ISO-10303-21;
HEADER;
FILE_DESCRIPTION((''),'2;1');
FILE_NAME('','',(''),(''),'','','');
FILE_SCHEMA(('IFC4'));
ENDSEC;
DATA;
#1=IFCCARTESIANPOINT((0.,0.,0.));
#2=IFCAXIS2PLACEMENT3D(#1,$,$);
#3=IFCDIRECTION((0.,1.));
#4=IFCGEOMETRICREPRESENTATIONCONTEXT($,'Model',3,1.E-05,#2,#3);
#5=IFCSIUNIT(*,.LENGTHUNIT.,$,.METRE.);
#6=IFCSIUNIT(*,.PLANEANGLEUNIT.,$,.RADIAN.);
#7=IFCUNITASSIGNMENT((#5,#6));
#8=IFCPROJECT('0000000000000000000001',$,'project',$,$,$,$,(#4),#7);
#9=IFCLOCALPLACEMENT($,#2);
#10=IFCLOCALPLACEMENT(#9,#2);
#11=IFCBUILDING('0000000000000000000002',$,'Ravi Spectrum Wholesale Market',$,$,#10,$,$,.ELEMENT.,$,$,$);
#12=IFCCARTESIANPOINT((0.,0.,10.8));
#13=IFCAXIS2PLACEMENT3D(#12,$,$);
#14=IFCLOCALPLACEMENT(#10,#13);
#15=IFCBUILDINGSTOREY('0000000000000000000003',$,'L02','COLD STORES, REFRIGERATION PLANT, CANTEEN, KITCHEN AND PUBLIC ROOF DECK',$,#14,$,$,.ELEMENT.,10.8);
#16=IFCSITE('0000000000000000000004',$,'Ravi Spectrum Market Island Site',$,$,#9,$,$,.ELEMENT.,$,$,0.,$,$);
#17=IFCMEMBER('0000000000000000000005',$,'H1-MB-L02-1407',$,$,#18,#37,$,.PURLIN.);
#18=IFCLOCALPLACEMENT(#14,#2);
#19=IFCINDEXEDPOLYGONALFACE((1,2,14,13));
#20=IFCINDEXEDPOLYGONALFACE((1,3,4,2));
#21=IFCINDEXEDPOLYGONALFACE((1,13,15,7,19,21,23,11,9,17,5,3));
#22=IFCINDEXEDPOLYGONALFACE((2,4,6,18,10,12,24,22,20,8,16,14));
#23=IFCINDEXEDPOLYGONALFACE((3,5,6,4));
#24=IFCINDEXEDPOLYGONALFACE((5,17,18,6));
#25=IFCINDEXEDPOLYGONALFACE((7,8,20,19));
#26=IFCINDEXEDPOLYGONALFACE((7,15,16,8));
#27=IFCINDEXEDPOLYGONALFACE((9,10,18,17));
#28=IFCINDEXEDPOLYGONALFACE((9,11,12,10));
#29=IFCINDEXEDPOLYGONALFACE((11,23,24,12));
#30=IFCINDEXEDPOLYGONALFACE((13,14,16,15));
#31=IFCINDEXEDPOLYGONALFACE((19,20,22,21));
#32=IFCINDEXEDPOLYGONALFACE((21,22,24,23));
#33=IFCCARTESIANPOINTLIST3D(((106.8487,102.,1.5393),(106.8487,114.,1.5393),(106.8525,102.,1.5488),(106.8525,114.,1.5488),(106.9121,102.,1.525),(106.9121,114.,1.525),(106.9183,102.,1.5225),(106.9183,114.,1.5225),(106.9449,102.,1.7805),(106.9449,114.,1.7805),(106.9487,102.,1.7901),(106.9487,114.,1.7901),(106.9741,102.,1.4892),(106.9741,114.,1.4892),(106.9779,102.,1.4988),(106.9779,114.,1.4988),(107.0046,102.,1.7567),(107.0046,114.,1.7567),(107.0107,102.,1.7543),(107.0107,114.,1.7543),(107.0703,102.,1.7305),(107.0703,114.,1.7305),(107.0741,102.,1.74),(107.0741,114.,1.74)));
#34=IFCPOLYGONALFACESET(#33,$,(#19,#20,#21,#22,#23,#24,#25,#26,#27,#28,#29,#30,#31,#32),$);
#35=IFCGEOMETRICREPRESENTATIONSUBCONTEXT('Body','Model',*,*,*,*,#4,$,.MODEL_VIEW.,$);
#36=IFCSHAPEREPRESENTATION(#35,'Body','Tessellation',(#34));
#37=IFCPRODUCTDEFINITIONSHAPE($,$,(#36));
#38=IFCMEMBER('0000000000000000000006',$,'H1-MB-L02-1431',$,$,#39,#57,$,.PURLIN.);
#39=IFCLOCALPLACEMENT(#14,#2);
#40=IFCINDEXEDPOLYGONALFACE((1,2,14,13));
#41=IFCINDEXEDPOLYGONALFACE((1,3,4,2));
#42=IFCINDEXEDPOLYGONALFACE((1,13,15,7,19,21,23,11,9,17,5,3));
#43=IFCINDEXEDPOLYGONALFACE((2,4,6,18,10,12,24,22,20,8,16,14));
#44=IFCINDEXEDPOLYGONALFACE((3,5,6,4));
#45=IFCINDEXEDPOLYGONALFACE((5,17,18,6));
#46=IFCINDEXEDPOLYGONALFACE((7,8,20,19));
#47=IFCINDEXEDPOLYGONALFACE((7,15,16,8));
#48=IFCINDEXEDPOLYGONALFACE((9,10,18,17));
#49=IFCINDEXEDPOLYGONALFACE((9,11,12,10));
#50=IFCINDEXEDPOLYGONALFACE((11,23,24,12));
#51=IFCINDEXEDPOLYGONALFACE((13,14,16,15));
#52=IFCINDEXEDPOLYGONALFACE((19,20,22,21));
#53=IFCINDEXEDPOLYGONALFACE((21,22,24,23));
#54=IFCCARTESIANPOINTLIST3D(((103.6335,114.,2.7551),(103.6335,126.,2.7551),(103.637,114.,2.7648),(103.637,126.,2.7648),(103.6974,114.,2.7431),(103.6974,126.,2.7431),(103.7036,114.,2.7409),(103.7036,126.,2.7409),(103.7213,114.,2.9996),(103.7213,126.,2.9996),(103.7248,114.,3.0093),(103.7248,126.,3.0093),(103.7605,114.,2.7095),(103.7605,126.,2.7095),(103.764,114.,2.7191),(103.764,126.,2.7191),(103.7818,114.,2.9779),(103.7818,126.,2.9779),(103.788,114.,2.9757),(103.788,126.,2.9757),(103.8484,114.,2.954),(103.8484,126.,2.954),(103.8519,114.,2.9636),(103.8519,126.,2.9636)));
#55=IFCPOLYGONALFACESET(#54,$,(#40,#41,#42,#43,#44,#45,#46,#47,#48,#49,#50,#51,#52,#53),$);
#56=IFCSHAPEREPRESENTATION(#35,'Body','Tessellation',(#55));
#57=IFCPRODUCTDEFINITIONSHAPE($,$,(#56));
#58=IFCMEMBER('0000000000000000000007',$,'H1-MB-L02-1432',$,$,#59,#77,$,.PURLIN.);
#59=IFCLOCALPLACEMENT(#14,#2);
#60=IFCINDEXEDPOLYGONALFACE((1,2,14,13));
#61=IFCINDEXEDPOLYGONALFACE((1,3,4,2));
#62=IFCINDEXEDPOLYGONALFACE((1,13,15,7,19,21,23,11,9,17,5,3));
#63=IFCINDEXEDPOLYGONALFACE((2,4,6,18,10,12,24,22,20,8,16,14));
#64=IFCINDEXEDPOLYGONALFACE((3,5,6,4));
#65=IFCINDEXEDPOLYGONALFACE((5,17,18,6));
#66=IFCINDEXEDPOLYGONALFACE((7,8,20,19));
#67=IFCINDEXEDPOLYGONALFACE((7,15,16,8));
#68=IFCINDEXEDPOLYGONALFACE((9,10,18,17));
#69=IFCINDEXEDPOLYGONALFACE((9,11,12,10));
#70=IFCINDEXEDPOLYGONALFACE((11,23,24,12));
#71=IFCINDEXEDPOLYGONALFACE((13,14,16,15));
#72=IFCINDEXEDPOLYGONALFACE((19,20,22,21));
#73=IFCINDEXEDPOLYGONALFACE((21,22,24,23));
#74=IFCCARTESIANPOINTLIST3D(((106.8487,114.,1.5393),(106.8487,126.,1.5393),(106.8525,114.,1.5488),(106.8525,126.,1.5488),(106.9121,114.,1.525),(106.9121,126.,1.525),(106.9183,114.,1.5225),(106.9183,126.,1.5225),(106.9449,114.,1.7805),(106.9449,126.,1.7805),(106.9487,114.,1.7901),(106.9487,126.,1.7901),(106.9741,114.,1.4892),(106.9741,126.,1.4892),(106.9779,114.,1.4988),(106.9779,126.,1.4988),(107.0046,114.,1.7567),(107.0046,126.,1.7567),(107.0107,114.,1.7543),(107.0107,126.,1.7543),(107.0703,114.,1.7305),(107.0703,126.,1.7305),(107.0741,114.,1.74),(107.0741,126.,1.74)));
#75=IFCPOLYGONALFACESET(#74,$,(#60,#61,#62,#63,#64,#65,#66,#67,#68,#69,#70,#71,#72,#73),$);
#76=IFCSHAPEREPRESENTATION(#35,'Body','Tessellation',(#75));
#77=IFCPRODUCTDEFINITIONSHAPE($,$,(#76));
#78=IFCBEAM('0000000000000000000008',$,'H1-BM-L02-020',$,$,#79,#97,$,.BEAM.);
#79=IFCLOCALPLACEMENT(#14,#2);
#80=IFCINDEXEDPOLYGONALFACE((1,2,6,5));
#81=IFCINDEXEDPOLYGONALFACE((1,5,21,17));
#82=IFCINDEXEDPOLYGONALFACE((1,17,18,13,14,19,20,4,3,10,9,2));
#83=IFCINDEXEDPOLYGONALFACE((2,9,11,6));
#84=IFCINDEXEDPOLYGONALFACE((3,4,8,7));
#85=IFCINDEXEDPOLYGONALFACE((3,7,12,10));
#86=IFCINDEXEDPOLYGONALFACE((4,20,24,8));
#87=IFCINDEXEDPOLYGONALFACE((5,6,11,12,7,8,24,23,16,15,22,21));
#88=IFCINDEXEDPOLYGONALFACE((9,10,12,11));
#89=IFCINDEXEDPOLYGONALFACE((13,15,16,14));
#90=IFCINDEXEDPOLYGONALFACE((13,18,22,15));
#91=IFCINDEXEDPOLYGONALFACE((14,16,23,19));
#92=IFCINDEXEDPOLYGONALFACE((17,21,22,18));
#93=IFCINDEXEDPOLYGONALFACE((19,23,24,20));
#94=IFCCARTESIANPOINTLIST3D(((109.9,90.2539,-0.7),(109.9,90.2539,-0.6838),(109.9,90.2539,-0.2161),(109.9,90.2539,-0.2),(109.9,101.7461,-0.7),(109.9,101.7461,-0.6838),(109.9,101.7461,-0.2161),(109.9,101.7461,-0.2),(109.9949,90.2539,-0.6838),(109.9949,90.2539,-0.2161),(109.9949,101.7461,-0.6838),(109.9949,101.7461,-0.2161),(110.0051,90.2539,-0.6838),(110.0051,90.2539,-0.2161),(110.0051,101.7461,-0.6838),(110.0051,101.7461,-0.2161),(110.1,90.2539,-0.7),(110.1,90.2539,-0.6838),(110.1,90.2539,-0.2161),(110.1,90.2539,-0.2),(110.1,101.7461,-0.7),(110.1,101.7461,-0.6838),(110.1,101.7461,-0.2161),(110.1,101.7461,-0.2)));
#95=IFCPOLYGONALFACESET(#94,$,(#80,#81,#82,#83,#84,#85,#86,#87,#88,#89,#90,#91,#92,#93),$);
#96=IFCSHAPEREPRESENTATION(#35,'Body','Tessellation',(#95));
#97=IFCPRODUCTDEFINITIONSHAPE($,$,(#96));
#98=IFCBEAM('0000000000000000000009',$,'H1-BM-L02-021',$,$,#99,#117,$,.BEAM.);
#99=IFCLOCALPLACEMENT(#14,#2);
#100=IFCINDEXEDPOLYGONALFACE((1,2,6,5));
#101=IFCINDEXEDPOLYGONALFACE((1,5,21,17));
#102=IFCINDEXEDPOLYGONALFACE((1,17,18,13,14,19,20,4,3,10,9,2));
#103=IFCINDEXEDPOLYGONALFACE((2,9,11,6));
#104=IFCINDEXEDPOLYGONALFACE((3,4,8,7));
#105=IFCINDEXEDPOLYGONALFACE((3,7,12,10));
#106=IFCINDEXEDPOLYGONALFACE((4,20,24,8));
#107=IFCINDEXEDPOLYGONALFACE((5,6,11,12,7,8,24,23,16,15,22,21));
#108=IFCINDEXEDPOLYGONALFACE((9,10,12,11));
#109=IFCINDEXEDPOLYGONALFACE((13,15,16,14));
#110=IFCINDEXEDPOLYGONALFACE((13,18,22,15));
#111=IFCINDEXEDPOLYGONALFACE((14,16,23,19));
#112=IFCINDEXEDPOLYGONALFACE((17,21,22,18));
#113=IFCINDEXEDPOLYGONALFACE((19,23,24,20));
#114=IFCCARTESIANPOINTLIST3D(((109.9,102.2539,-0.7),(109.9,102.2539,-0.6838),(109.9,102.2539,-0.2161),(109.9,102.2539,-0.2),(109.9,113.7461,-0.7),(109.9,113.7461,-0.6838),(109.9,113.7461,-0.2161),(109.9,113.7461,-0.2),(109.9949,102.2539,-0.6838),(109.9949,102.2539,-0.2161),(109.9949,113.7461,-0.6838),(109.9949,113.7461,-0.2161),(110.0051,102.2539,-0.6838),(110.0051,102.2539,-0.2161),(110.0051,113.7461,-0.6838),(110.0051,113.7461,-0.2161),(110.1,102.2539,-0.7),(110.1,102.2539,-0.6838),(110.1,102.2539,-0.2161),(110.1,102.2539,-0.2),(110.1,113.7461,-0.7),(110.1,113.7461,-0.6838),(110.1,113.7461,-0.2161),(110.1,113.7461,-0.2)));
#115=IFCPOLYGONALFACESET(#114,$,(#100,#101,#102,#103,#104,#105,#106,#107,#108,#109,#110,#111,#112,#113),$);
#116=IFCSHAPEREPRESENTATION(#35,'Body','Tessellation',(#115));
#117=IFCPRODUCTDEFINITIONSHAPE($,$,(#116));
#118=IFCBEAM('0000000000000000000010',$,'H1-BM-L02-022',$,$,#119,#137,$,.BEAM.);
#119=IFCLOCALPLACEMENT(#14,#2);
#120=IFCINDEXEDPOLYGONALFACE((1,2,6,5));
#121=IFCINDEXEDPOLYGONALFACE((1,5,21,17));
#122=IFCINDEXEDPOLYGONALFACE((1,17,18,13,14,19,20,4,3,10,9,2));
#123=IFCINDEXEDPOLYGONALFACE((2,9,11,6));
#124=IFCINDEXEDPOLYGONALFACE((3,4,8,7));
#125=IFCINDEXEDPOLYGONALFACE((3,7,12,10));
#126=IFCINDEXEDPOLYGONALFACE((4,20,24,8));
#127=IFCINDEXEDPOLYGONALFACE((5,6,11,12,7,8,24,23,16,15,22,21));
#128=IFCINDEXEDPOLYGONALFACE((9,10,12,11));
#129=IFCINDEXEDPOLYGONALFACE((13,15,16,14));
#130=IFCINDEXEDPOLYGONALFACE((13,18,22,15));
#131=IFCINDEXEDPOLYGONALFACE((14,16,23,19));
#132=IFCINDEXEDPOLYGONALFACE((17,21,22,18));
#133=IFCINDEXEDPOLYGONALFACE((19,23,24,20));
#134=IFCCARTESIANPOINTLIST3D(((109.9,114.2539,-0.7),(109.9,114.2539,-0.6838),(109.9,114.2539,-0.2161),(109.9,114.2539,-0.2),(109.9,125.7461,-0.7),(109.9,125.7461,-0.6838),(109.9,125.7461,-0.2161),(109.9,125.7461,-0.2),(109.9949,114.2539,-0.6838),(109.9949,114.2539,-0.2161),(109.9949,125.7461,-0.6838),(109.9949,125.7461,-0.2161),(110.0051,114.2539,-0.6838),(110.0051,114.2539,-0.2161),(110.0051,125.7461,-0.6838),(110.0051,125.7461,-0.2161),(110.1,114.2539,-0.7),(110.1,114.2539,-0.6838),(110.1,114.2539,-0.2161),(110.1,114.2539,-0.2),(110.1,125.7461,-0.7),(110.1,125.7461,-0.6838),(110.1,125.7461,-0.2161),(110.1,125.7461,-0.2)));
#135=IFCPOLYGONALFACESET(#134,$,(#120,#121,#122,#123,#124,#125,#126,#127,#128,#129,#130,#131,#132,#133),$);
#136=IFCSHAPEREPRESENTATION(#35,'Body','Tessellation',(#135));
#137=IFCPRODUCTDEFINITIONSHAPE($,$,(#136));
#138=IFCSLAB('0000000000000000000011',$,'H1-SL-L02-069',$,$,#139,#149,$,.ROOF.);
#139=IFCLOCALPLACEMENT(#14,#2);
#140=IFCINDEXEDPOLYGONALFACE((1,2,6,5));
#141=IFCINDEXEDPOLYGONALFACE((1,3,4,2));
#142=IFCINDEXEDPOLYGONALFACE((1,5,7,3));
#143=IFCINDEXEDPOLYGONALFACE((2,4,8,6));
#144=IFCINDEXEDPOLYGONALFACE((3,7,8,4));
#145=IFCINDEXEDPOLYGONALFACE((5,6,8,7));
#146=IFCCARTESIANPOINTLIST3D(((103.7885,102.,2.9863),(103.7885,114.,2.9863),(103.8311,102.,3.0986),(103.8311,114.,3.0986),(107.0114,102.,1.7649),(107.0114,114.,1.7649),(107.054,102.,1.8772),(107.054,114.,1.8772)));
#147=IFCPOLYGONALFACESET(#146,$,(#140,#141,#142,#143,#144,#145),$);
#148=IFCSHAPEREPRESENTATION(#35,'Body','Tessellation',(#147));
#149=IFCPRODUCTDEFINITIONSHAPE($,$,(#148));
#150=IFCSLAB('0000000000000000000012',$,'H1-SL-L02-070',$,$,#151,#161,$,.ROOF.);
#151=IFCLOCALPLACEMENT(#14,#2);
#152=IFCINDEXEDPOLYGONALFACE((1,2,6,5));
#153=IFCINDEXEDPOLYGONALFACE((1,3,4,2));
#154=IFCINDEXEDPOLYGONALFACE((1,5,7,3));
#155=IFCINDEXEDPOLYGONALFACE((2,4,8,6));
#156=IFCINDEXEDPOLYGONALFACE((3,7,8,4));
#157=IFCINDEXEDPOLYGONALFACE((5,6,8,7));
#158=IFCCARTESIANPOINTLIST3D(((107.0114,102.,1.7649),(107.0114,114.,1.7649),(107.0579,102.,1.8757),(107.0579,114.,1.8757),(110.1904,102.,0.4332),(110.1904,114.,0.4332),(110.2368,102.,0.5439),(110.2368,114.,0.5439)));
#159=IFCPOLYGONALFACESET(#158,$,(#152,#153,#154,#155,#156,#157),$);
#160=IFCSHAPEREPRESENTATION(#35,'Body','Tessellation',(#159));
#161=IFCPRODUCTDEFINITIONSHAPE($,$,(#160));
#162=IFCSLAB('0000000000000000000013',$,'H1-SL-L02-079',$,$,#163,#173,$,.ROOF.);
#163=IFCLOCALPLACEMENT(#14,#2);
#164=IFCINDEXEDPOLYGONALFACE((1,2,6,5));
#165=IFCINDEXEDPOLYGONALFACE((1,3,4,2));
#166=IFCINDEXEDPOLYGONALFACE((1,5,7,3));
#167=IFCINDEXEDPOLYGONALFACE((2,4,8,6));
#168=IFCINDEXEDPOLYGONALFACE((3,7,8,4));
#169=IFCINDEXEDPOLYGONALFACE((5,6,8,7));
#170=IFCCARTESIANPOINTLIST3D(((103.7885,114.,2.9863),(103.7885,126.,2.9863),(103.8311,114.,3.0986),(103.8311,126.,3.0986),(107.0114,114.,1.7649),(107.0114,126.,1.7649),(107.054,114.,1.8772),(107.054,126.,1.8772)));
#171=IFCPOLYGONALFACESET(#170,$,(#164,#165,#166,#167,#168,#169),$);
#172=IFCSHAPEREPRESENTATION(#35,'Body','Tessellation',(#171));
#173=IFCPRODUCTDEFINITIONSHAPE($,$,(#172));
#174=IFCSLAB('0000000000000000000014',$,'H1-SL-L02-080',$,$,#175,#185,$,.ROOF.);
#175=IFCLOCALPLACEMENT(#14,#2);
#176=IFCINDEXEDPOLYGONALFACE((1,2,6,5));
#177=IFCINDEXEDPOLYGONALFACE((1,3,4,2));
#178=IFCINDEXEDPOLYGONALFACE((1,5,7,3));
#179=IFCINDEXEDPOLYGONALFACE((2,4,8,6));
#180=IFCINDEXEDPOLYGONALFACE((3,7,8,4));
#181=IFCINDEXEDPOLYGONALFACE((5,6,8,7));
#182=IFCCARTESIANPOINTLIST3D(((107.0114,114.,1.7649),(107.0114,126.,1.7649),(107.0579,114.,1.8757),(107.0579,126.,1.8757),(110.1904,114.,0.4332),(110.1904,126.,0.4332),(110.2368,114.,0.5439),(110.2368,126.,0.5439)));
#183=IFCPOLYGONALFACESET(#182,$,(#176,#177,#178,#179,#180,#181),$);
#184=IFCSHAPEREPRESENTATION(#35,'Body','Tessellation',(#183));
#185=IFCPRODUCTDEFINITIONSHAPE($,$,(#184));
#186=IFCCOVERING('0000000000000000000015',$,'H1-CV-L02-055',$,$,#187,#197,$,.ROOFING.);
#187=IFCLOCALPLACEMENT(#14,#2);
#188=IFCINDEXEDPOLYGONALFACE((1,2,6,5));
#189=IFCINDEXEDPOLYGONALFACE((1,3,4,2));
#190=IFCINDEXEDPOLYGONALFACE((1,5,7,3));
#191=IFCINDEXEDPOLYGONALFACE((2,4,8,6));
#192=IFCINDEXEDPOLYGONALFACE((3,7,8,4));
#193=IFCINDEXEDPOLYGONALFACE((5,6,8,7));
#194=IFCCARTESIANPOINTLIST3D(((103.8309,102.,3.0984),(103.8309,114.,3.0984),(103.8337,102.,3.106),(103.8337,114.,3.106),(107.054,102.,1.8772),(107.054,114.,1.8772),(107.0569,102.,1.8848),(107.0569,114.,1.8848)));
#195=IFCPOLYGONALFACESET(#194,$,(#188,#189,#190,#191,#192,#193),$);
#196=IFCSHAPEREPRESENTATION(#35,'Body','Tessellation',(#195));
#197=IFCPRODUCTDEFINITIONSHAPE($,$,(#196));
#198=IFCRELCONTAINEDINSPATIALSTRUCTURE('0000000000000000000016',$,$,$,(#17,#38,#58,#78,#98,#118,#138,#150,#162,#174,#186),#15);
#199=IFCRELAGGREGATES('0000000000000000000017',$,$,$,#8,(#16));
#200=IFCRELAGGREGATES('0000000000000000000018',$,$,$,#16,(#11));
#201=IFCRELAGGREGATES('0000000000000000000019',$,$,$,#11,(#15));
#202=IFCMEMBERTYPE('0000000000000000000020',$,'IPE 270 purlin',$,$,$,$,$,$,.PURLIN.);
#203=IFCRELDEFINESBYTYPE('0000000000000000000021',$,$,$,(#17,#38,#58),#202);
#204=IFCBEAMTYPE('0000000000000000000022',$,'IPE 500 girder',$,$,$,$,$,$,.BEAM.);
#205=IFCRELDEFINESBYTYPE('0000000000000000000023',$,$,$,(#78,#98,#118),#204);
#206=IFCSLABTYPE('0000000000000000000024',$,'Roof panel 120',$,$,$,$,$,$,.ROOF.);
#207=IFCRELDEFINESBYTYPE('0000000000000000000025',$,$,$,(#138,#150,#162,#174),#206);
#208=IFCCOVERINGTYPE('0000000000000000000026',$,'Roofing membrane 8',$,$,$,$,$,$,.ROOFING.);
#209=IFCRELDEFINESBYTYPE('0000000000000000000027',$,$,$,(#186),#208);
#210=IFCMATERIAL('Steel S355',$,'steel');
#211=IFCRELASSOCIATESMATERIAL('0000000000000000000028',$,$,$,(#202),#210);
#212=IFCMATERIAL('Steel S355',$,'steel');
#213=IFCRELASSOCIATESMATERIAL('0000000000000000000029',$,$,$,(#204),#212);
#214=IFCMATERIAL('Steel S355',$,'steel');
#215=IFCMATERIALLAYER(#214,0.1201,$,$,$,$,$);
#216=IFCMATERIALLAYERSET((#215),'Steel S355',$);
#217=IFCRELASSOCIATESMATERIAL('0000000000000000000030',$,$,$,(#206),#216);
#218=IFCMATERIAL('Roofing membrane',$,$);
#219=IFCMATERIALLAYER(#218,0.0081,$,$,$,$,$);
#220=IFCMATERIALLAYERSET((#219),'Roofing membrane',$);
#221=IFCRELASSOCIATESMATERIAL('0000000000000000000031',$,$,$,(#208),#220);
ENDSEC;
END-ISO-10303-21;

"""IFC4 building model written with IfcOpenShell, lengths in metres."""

from ifc_helpers import new_model, si_unit, direction, frame, origin, origin_2d, place, context, subcontext, project, spatial, polyline, i_section, outline, extrude, material, layer, layer_set, material_profile, profile_set, type_object, element, save


model = new_model("IFC4")

# Units and contexts
model_context = context("Model", 3, precision=1e-05, world=origin(), true_north=direction((0.0, 1.0)))
body_context = subcontext(model_context, "Body", "Model", "MODEL_VIEW")
ifc_project = project(units=[si_unit("LENGTHUNIT", "METRE"), si_unit("PLANEANGLEUNIT", "RADIAN")], contexts=[model_context])

# Site, building, storey
site_placement = place(None, origin())
site = spatial("IfcSite", under=ifc_project, at=site_placement, Name="Ravi Spectrum Market Island Site", CompositionType="ELEMENT", RefElevation=0.0)
building_placement = place(site_placement, origin())
building = spatial("IfcBuilding", under=site, at=building_placement, Name="Ravi Spectrum Wholesale Market", CompositionType="ELEMENT")
storey_placement = place(building_placement, frame((0.0, 0.0, 10.8)))
storey = spatial("IfcBuildingStorey", under=building, at=storey_placement, Name="L02", Description="COLD STORES, REFRIGERATION PLANT, CANTEEN, KITCHEN AND PUBLIC ROOF DECK", CompositionType="ELEMENT", Elevation=10.8)

# Members
ifc_material_1 = material(Name="Steel S355", Category="steel")
ifc_material_profile_1 = material_profile(ifc_material_1, i_section(OverallWidth=0.135, OverallDepth=0.27, WebThickness=0.0066, FlangeThickness=0.0103, at=origin_2d()))
ifc_profile_set_1 = profile_set([ifc_material_profile_1], Name="Steel S355")
member_type_1 = type_object("IfcMemberType", Name="IPE 270 purlin", PredefinedType="PURLIN", material=ifc_profile_set_1)
for number, where, z_axis, x_axis, name in (
    (1, (106.9614, 102.0, 1.6396), (0.0, 1.0, 0.0), (-0.928855, 0.0, 0.370443), "H1-MB-L02-1407"),
    (2, (103.7427, 114.0, 2.8594), (0.0, 1.0, 0.0), (-0.94108, 0.0, 0.338184), "H1-MB-L02-1431"),
    (3, (106.9614, 114.0, 1.6396), (0.0, 1.0, 0.0), (-0.928855, 0.0, 0.370443), "H1-MB-L02-1432"),
):
    element("IfcMember", number, at=place(storey_placement, frame(where, z_axis=z_axis, x_axis=x_axis)), inside=storey, type_object=member_type_1, Name=name, PredefinedType="PURLIN", context=body_context, shape_type="SweptSolid", body=[
        extrude(i_section(OverallWidth=0.135, OverallDepth=0.27, WebThickness=0.0066, FlangeThickness=0.0103, at=origin_2d()), origin(), (0.0, 0.0, 1.0), 12.0),
    ])

# Beams
ifc_material_2 = material(Name="Steel S355", Category="steel")
ifc_material_profile_2 = material_profile(ifc_material_2, i_section(OverallWidth=0.2, OverallDepth=0.5, WebThickness=0.0103, FlangeThickness=0.0161, at=origin_2d()))
ifc_profile_set_2 = profile_set([ifc_material_profile_2], Name="Steel S355")
beam_type = type_object("IfcBeamType", Name="IPE 500 girder", PredefinedType="BEAM", material=ifc_profile_set_2)
for number, where, z_axis, x_axis, name in (
    (4, (110.0, 90.2539, -0.45), (0.0, 1.0, 0.0), (-1.0, 0.0, 0.0), "H1-BM-L02-020"),
    (5, (110.0, 102.2539, -0.45), (0.0, 1.0, 0.0), (-1.0, 0.0, 0.0), "H1-BM-L02-021"),
    (6, (110.0, 114.2539, -0.45), (0.0, 1.0, 0.0), (-1.0, 0.0, 0.0), "H1-BM-L02-022"),
):
    element("IfcBeam", number, at=place(storey_placement, frame(where, z_axis=z_axis, x_axis=x_axis)), inside=storey, type_object=beam_type, Name=name, PredefinedType="BEAM", context=body_context, shape_type="SweptSolid", body=[
        extrude(i_section(OverallWidth=0.2, OverallDepth=0.5, WebThickness=0.0103, FlangeThickness=0.0161, at=origin_2d()), origin(), (0.0, 0.0, 1.0), 11.4922),
    ])

# Slabs
ifc_material_3 = material(Name="Steel S355", Category="steel")
ifc_layer_1 = layer(ifc_material_3, 0.1201)
ifc_layer_set_1 = layer_set([ifc_layer_1], Name="Steel S355")
slab_type = type_object("IfcSlabType", Name="Roof panel 120", PredefinedType="ROOF", material=ifc_layer_set_1)
slab_1_placement = place(storey_placement, frame((103.8311, 102.0, 3.0986), z_axis=(0.354389, 0.0, 0.935098), x_axis=(0.935098, 0.0, -0.354389)))
element("IfcSlab", 7, at=slab_1_placement, inside=storey, type_object=slab_type, Name="H1-SL-L02-069", PredefinedType="ROOF", context=body_context, shape_type="SweptSolid", body=[
    extrude(outline(polyline([(0.0, 0.0), (3.4466, 0.0), (3.4466, 12.0), (0.0, 12.0), (0.0, 0.0)])), origin(), (0.0, 0.0, -1.0), 0.1201),
])
slab_2_placement = place(storey_placement, frame((107.0579, 102.0, 1.8757), z_axis=(0.3864, 0.0, 0.922331), x_axis=(0.922331, 0.0, -0.3864)))
element("IfcSlab", 8, at=slab_2_placement, inside=storey, type_object=slab_type, Name="H1-SL-L02-070", PredefinedType="ROOF", context=body_context, shape_type="SweptSolid", body=[
    extrude(outline(polyline([(0.0, 0.0), (3.4467, 0.0), (3.4467, 12.0), (0.0, 12.0), (0.0, 0.0)])), origin(), (0.0, 0.0, -1.0), 0.1201),
])
slab_3_placement = place(storey_placement, frame((103.8311, 114.0, 3.0986), z_axis=(0.354389, 0.0, 0.935098), x_axis=(0.935098, 0.0, -0.354389)))
element("IfcSlab", 9, at=slab_3_placement, inside=storey, type_object=slab_type, Name="H1-SL-L02-079", PredefinedType="ROOF", context=body_context, shape_type="SweptSolid", body=[
    extrude(outline(polyline([(0.0, 0.0), (3.4466, 0.0), (3.4466, 12.0), (0.0, 12.0), (0.0, 0.0)])), origin(), (0.0, 0.0, -1.0), 0.1201),
])
slab_4_placement = place(storey_placement, frame((107.0579, 114.0, 1.8757), z_axis=(0.3864, 0.0, 0.922331), x_axis=(0.922331, 0.0, -0.3864)))
element("IfcSlab", 10, at=slab_4_placement, inside=storey, type_object=slab_type, Name="H1-SL-L02-080", PredefinedType="ROOF", context=body_context, shape_type="SweptSolid", body=[
    extrude(outline(polyline([(0.0, 0.0), (3.4467, 0.0), (3.4467, 12.0), (0.0, 12.0), (0.0, 0.0)])), origin(), (0.0, 0.0, -1.0), 0.1201),
])

# Covering
ifc_material_4 = material(Name="Roofing membrane")
ifc_layer_2 = layer(ifc_material_4, 0.0081)
ifc_layer_set_2 = layer_set([ifc_layer_2], Name="Roofing membrane")
covering_type = type_object("IfcCoveringType", Name="Roofing membrane 8", PredefinedType="ROOFING", material=ifc_layer_set_2)
covering_1_placement = place(storey_placement, frame((103.8337, 102.0, 3.106), z_axis=(0.354304, 0.0, 0.93513), x_axis=(0.93513, 0.0, -0.354304)))
element("IfcCovering", 11, at=covering_1_placement, inside=storey, type_object=covering_type, Name="H1-CV-L02-055", PredefinedType="ROOFING", context=body_context, shape_type="SweptSolid", body=[
    extrude(outline(polyline([(0.0, 0.0), (3.4467, 0.0), (3.4467, 12.0), (0.0, 12.0), (0.0, 0.0)])), origin(), (0.0, 0.0, -1.0), 0.0081),
])

save(model, "model.ifc")
